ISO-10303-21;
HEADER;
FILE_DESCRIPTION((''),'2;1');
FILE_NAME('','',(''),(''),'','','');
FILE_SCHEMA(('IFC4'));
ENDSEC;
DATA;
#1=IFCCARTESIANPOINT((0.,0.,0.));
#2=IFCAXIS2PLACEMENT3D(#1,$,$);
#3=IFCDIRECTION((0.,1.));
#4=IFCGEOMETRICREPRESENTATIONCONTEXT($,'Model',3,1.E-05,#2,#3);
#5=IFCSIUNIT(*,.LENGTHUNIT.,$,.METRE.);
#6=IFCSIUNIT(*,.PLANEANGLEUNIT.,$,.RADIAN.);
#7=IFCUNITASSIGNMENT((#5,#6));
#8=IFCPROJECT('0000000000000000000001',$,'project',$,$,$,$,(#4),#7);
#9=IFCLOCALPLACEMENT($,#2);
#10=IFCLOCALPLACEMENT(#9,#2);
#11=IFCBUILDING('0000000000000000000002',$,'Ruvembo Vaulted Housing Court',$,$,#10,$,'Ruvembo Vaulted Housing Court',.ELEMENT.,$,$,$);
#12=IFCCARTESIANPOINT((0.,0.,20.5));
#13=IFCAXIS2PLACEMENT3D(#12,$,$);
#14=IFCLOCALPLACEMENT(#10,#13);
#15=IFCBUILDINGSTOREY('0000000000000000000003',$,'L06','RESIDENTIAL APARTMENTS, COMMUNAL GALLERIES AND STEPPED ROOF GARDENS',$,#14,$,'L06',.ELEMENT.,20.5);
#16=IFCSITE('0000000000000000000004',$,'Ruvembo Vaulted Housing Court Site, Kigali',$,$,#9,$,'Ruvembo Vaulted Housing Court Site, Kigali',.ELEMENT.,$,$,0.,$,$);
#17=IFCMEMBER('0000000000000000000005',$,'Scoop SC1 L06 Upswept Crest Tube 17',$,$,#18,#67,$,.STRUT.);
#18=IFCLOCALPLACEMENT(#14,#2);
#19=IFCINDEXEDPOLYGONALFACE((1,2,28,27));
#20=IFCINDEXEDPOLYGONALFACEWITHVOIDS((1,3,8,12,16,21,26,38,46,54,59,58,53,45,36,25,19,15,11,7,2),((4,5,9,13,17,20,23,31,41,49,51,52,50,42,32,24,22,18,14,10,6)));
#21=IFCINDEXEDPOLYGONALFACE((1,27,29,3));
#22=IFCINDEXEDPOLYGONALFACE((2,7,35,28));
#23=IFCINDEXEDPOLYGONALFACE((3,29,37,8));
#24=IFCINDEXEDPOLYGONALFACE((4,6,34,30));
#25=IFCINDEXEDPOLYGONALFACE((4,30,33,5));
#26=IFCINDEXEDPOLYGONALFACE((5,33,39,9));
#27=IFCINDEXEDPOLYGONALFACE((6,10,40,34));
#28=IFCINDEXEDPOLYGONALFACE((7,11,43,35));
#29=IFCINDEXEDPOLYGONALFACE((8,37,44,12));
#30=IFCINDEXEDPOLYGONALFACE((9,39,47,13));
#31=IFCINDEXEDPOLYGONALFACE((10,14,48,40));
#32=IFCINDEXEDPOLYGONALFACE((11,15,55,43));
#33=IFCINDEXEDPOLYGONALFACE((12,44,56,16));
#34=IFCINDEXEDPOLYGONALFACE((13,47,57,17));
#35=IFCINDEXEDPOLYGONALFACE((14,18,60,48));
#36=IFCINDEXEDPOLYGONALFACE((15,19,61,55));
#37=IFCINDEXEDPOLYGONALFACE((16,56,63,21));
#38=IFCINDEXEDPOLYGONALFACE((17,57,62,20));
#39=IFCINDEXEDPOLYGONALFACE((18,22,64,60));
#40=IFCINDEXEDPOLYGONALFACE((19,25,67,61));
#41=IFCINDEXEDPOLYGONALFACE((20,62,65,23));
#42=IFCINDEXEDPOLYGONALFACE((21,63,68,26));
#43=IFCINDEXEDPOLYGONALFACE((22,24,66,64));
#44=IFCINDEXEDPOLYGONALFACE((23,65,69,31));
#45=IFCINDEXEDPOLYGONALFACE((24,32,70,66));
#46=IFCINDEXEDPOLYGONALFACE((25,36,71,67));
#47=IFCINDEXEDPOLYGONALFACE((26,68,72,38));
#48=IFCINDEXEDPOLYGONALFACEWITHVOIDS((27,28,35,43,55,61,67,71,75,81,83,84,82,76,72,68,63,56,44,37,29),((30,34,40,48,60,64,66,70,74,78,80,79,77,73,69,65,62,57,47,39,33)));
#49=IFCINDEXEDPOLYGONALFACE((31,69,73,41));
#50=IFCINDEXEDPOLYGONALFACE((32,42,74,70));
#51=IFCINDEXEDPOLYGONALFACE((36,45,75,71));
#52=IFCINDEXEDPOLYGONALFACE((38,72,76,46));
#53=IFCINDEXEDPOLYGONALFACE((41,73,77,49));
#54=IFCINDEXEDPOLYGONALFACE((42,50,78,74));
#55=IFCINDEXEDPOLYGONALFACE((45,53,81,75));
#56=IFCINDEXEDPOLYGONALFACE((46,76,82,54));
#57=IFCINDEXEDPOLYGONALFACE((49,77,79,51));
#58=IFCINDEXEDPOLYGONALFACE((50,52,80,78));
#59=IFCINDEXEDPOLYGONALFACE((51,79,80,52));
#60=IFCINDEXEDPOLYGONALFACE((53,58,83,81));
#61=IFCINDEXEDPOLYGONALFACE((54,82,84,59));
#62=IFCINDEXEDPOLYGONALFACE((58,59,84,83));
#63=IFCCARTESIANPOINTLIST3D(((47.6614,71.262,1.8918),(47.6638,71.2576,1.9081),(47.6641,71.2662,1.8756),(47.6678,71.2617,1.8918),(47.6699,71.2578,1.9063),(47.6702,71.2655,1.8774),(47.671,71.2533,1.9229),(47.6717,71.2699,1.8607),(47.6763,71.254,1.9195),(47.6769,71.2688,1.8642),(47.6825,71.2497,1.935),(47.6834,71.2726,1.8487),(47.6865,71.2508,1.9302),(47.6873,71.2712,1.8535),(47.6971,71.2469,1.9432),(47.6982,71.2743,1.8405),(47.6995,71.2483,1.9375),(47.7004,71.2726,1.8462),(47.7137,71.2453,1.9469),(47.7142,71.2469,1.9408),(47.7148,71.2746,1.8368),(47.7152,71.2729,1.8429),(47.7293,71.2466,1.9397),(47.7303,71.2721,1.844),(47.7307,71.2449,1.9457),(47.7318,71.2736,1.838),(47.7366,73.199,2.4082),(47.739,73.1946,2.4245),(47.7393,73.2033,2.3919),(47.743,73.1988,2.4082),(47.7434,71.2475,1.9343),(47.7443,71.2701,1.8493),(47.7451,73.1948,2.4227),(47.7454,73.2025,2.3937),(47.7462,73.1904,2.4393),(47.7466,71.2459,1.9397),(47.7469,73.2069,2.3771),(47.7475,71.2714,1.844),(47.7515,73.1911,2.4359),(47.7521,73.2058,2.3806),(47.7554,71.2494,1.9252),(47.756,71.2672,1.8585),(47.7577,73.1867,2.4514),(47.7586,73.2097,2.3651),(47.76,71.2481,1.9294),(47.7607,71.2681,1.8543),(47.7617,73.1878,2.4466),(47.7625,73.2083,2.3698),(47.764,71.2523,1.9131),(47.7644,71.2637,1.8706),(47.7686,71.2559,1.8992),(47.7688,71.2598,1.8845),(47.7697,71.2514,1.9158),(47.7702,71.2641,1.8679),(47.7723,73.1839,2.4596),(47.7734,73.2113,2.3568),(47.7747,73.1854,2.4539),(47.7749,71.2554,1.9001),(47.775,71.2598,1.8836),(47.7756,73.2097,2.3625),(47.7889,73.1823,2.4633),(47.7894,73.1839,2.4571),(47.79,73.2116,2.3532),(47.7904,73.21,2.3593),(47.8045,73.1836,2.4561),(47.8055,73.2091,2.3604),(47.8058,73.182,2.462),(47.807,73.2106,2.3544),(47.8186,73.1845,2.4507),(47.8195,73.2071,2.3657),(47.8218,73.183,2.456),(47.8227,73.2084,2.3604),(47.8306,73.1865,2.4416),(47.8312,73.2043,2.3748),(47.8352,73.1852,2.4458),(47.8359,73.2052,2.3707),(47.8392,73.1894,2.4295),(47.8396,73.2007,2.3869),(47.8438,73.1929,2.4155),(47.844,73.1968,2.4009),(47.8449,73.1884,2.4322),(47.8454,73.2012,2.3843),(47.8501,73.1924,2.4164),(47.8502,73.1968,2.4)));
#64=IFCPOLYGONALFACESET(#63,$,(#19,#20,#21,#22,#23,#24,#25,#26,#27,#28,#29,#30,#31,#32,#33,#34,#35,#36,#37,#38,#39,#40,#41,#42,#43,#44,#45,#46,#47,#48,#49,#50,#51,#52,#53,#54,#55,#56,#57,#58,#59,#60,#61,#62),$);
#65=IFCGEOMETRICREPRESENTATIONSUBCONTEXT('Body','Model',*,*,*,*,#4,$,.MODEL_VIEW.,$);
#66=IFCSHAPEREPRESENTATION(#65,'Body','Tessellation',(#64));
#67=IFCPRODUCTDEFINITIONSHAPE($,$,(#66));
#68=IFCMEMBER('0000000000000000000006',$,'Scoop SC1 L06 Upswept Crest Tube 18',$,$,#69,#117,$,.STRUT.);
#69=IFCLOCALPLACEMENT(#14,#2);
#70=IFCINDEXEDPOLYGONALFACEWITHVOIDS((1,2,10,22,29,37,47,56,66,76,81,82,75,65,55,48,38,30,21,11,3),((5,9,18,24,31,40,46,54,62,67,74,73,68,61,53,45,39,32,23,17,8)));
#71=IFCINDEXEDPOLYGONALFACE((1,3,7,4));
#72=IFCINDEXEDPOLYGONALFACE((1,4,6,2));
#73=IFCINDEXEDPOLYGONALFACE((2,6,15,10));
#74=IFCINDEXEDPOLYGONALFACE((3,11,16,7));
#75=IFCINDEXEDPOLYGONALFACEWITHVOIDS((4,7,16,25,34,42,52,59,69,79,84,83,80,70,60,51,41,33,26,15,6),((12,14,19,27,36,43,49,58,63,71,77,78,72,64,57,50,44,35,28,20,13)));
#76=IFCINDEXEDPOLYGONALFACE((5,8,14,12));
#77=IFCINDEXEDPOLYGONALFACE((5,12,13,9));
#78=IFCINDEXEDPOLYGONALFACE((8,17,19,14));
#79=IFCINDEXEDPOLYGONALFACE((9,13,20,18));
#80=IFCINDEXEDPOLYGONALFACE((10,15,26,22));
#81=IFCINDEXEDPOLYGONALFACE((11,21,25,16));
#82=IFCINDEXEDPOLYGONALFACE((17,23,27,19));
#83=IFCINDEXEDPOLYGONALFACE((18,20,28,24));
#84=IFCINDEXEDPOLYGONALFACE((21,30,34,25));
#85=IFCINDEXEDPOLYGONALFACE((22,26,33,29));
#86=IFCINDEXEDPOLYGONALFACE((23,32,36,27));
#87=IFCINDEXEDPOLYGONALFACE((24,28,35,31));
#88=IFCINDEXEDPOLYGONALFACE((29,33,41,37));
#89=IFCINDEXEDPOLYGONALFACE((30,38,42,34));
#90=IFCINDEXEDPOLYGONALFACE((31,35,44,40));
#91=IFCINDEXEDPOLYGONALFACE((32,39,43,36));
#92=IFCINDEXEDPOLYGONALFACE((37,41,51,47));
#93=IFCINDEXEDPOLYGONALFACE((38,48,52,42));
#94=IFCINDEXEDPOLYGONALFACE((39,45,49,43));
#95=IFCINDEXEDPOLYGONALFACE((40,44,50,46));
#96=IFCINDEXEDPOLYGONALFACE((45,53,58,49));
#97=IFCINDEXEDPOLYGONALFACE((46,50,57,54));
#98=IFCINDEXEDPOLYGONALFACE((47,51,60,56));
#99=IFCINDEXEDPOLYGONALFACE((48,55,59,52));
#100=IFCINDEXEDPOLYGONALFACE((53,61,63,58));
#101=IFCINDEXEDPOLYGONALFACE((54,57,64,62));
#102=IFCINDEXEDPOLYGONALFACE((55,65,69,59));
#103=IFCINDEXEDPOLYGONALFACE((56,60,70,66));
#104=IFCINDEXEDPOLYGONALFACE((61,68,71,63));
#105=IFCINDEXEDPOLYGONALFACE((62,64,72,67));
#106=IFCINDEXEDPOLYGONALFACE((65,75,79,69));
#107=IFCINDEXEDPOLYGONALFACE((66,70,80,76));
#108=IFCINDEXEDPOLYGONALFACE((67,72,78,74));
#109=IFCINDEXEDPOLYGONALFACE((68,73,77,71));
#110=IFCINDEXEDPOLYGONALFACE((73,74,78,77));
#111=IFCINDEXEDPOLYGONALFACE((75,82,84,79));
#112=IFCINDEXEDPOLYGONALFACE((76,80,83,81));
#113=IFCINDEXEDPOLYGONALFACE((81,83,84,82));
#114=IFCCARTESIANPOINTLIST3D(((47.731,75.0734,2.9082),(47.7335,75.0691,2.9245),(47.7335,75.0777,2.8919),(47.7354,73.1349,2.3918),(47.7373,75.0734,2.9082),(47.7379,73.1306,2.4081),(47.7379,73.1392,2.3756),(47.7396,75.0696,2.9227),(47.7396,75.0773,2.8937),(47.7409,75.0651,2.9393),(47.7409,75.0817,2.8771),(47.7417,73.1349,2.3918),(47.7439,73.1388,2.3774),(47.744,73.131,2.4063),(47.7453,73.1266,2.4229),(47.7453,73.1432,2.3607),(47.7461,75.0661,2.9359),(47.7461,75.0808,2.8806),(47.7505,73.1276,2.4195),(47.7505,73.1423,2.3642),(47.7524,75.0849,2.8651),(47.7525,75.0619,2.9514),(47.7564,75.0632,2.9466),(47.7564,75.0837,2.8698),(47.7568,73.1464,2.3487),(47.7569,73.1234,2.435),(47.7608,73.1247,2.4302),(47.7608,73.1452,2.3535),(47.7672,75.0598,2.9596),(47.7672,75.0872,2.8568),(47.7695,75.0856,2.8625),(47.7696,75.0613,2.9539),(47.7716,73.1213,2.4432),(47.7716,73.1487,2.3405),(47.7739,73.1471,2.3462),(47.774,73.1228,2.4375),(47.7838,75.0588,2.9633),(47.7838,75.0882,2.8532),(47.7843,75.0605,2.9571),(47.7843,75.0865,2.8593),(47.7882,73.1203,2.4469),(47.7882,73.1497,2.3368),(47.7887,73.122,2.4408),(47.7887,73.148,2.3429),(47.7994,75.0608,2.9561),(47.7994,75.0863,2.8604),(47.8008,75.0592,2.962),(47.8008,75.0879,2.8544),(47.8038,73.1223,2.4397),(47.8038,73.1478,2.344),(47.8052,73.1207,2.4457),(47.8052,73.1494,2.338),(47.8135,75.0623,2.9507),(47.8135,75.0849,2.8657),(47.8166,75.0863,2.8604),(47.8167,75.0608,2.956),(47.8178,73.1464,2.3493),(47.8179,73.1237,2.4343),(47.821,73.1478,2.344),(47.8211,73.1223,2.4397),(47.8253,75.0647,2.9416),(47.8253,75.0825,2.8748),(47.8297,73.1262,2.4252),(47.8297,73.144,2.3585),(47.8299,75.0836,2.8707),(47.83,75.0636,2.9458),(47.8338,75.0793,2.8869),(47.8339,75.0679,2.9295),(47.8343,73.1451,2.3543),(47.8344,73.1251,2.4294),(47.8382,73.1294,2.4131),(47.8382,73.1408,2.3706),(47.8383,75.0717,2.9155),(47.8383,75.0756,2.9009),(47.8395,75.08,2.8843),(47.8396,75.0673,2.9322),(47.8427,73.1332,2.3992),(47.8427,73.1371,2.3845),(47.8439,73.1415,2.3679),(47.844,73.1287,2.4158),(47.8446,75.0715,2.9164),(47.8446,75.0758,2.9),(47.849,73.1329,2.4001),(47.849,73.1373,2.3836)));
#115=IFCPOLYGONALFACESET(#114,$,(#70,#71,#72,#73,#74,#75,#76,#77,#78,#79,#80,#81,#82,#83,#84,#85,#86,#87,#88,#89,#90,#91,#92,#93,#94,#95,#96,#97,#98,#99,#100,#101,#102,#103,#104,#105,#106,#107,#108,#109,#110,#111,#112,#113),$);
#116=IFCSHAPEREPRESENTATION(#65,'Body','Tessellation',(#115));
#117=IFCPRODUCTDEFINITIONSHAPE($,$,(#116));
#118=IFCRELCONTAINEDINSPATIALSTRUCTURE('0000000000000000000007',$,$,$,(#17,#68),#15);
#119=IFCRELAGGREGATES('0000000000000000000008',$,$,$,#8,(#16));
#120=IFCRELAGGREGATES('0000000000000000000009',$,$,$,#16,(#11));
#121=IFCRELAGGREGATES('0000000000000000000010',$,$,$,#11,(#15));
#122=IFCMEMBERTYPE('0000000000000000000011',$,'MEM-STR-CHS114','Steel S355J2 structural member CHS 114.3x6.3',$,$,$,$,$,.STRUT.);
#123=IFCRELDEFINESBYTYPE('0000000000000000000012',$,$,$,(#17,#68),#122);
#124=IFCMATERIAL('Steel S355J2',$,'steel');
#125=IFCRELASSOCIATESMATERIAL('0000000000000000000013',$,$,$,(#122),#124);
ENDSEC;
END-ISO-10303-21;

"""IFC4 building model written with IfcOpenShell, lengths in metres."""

from ifc_helpers import new_model, si_unit, direction, frame, origin, origin_2d, place, context, subcontext, project, spatial, hollow_circle, extrude, material, material_profile, profile_set, type_object, element, save


model = new_model("IFC4")

# Units and contexts
model_context = context("Model", 3, precision=1e-05, world=origin(), true_north=direction((0.0, 1.0)))
body_context = subcontext(model_context, "Body", "Model", "MODEL_VIEW")
ifc_project = project(units=[si_unit("LENGTHUNIT", "METRE"), si_unit("PLANEANGLEUNIT", "RADIAN")], contexts=[model_context])

# Site, building, storey
site_placement = place(None, origin())
site = spatial("IfcSite", under=ifc_project, at=site_placement, Name="Ruvembo Vaulted Housing Court Site, Kigali", LongName="Ruvembo Vaulted Housing Court Site, Kigali", CompositionType="ELEMENT", RefElevation=0.0)
building_placement = place(site_placement, origin())
building = spatial("IfcBuilding", under=site, at=building_placement, Name="Ruvembo Vaulted Housing Court", LongName="Ruvembo Vaulted Housing Court", CompositionType="ELEMENT")
storey_placement = place(building_placement, frame((0.0, 0.0, 20.5)))
storey = spatial("IfcBuildingStorey", under=building, at=storey_placement, Name="L06", Description="RESIDENTIAL APARTMENTS, COMMUNAL GALLERIES AND STEPPED ROOF GARDENS", LongName="L06", CompositionType="ELEMENT", Elevation=20.5)

# Members
ifc_material_1 = material(Name="Steel S355J2", Category="steel")
ifc_material_profile_1 = material_profile(ifc_material_1, hollow_circle(Radius=0.0571, WallThickness=0.0063, at=origin_2d()), Name="CHS 114.3x6.3")
ifc_profile_set_1 = profile_set([ifc_material_profile_1], Name="Steel S355J2")
member_type_1 = type_object("IfcMemberType", Name="MEM-STR-CHS114", Description="Steel S355J2 structural member CHS 114.3x6.3", PredefinedType="STRUT", material=ifc_profile_set_1)
for number, where, z_axis, x_axis, name in (
    (1, (47.7185, 71.2598, 1.8918), (0.037484, 0.965578, 0.257398), (-0.999247, 0.038791, 0.0), "Scoop SC1 L06 Upswept Crest Tube 17"),
    (2, (47.7925, 73.135, 2.3918), (-0.002191, 0.966303, 0.257397), (-0.999997, -0.002267, 0.0), "Scoop SC1 L06 Upswept Crest Tube 18"),
):
    element("IfcMember", number, at=place(storey_placement, frame(where, z_axis=z_axis, x_axis=x_axis)), inside=storey, type_object=member_type_1, Name=name, PredefinedType="STRUT", context=body_context, shape_type="SweptSolid", body=[
        extrude(hollow_circle(Radius=0.0571, WallThickness=0.0063, at=origin_2d()), origin(), (0.0, 0.0, 1.0), 2.0061),
    ])

save(model, "model.ifc")
